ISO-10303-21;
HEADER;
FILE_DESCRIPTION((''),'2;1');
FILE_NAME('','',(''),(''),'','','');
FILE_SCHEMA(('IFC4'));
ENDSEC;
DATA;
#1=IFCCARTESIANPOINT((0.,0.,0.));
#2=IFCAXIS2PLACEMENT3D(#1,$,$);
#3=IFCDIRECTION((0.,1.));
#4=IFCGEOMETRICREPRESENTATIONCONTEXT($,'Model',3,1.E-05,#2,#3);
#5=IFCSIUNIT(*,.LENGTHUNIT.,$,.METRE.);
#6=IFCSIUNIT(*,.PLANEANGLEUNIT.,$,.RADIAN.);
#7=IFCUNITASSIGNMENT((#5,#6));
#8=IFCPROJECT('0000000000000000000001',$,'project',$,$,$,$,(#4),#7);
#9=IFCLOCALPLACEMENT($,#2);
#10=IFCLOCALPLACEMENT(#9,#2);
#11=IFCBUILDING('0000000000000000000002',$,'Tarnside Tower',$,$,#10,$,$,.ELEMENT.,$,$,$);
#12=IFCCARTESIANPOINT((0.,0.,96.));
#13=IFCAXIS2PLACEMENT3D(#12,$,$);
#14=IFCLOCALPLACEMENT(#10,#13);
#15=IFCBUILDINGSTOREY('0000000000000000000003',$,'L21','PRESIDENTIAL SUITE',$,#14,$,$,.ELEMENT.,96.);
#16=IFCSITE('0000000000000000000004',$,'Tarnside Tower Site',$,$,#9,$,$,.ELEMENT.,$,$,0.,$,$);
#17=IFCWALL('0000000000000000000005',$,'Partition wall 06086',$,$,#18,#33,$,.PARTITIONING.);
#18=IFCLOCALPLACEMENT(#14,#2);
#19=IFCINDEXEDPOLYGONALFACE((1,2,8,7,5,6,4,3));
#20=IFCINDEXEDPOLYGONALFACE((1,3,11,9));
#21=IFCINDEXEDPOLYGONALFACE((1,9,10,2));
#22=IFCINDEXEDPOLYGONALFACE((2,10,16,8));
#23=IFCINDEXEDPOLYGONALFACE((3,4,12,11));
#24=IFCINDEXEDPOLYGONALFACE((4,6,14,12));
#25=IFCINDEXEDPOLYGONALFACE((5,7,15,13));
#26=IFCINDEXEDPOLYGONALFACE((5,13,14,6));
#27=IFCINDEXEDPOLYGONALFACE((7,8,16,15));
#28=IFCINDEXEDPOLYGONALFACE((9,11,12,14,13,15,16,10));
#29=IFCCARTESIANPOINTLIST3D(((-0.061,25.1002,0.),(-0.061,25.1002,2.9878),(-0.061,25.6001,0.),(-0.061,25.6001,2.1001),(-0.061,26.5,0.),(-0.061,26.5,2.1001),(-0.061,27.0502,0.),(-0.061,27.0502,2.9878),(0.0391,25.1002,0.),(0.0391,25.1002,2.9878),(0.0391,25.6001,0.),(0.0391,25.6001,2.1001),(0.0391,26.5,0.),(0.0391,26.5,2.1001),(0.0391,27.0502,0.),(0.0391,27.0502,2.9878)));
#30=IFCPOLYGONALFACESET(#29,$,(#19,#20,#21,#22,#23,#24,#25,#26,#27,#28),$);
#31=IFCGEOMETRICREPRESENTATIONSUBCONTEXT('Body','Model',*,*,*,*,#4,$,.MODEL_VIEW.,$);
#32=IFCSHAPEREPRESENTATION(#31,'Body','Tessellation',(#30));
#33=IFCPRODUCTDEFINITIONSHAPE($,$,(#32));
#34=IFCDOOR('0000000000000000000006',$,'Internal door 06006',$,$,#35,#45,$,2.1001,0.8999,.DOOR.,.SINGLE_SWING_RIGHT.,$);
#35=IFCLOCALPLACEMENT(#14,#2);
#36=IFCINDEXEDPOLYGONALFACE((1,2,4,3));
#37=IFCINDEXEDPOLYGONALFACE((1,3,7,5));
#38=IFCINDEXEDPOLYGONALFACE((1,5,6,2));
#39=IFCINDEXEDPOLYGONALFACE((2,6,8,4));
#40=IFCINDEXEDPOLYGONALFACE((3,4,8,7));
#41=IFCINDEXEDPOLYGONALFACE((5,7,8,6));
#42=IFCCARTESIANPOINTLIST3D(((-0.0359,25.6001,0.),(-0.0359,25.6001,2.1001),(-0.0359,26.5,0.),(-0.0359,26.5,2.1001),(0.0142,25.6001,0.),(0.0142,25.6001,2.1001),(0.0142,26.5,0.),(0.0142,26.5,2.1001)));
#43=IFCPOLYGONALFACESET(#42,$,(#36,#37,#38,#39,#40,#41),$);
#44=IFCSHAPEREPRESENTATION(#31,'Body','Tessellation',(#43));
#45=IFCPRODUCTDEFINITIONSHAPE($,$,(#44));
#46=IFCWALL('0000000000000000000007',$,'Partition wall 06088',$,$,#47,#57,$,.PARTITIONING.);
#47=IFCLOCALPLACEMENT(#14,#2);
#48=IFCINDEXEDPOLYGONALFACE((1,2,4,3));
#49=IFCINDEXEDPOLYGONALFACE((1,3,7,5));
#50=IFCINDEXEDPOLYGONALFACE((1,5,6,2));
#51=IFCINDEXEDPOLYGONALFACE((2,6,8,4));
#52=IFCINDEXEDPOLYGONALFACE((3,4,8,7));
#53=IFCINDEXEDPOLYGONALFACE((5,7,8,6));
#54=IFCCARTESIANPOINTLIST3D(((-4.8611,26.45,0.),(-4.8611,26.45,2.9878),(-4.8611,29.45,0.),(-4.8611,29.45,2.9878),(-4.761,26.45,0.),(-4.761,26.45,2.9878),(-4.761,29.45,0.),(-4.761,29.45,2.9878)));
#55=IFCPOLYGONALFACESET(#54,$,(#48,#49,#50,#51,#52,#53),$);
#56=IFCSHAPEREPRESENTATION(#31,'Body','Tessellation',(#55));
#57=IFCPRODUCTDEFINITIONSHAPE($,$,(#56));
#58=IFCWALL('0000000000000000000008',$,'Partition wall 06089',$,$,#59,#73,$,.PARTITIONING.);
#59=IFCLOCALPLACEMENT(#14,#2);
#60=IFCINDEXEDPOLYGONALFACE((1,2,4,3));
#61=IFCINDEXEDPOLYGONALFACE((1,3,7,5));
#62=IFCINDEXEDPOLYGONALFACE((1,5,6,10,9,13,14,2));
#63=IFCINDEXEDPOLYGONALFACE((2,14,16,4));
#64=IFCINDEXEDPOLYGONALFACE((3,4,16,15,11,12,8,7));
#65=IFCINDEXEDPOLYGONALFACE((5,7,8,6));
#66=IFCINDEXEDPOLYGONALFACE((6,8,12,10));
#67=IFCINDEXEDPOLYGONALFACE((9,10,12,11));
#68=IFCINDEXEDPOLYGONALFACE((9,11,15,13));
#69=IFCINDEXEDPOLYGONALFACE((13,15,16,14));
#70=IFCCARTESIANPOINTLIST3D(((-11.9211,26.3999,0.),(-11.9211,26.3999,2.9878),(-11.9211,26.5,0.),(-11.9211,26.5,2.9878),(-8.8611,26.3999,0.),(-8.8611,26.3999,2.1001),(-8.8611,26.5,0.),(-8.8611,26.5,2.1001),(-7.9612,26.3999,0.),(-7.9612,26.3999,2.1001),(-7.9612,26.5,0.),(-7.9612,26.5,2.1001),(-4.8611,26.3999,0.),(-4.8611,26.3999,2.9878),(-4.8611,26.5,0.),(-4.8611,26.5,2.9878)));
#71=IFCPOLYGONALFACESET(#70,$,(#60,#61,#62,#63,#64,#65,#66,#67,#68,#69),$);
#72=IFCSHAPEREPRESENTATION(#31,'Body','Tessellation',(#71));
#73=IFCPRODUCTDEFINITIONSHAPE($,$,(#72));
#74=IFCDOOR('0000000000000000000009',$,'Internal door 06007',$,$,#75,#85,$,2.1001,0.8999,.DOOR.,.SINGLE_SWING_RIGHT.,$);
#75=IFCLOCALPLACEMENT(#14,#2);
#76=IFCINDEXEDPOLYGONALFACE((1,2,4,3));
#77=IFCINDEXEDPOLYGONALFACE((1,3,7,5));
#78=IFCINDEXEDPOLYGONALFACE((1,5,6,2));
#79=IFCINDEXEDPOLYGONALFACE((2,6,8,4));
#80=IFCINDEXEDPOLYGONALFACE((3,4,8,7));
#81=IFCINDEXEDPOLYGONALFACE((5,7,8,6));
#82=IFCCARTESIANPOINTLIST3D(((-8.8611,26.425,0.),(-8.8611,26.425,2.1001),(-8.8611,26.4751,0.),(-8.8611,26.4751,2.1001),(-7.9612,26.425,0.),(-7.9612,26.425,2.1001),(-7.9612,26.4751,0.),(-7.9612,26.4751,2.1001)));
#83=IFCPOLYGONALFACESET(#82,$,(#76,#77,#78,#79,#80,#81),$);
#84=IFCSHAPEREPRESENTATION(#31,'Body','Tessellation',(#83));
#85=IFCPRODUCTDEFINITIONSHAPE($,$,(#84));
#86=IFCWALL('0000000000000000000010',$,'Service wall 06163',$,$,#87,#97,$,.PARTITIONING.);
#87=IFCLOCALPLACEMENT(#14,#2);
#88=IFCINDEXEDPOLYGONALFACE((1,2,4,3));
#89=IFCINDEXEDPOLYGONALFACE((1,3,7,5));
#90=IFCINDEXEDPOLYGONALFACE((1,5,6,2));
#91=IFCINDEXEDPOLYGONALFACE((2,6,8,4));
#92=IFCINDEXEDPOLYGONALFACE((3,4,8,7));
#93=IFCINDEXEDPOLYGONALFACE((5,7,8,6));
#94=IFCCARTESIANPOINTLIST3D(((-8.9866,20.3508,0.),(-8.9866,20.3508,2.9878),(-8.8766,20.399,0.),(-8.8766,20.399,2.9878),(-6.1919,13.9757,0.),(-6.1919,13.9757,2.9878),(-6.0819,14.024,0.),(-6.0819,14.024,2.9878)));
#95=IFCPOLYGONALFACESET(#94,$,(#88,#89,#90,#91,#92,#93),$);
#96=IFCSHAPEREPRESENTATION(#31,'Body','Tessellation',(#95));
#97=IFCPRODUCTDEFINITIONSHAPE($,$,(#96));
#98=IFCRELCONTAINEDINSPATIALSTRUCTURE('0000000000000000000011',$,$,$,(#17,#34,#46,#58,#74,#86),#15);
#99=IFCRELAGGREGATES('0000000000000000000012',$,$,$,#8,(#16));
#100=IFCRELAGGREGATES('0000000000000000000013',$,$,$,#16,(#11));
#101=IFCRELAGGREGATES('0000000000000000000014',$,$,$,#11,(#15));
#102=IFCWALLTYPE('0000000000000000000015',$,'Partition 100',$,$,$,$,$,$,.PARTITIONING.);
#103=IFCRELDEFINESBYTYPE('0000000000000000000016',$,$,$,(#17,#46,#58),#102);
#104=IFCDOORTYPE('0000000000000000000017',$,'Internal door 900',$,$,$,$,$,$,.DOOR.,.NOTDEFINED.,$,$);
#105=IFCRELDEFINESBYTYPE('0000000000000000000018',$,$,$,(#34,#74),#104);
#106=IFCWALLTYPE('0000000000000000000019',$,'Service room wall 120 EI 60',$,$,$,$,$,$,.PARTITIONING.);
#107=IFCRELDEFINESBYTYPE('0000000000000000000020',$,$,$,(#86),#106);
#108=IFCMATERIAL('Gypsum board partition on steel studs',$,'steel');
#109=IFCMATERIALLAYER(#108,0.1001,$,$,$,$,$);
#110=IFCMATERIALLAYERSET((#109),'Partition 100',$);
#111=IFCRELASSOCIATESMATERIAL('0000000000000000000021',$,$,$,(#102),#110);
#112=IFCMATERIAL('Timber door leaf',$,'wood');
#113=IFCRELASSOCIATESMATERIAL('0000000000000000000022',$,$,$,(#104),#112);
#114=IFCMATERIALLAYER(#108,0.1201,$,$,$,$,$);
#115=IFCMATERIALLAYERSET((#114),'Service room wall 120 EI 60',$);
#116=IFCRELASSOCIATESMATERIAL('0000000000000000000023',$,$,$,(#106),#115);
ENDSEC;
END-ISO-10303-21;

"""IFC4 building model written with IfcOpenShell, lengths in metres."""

from ifc_helpers import new_model, si_unit, direction, frame, frame_2d, origin, place, context, subcontext, project, spatial, rectangle, extrude, material, layer, layer_set, type_object, element, fill, save


model = new_model("IFC4")

# Units and contexts
model_context = context("Model", 3, precision=1e-05, world=origin(), true_north=direction((0.0, 1.0)))
body_context = subcontext(model_context, "Body", "Model", "MODEL_VIEW")
ifc_project = project(units=[si_unit("LENGTHUNIT", "METRE"), si_unit("PLANEANGLEUNIT", "RADIAN")], contexts=[model_context])

# Site, building, storey
site_placement = place(None, origin())
site = spatial("IfcSite", under=ifc_project, at=site_placement, Name="Tarnside Tower Site", CompositionType="ELEMENT", RefElevation=0.0)
building_placement = place(site_placement, origin())
building = spatial("IfcBuilding", under=site, at=building_placement, Name="Tarnside Tower", CompositionType="ELEMENT")
storey_placement = place(building_placement, frame((0.0, 0.0, 96.0)))
storey = spatial("IfcBuildingStorey", under=building, at=storey_placement, Name="L21", Description="PRESIDENTIAL SUITE", CompositionType="ELEMENT", Elevation=96.0)

# Shared definitions
ifc_material_1 = material(Name="Gypsum board partition on steel studs", Category="steel")
ifc_material_2 = material(Name="Timber door leaf", Category="wood")

# Wall, opening, door
ifc_layer_1 = layer(ifc_material_1, 0.1001)
ifc_layer_set_1 = layer_set([ifc_layer_1], Name="Partition 100")
wall_type_1 = type_object("IfcWallType", Name="Partition 100", PredefinedType="PARTITIONING", material=ifc_layer_set_1)
wall_1_placement = place(storey_placement, frame((-0.011, 25.1001, 0.0), z_axis=(0.0, 0.0, 1.0), x_axis=(0.0, 1.0, 0.0)))
wall_1 = element("IfcWall", 1, at=wall_1_placement, inside=storey, type_object=wall_type_1, Name="Partition wall 06086", PredefinedType="PARTITIONING", context=body_context, shape_type="SweptSolid", body=[
    extrude(rectangle(XDim=1.95, YDim=0.1001, at=frame_2d((0.9751, 0.0))), origin(), (0.0, 0.0, 1.0), 2.9878),
])
opening_1_placement = place(wall_1_placement, frame((0.5, 0.0, 0.0)))
opening_1 = element("IfcOpeningElement", 2, at=opening_1_placement, cuts=wall_1, PredefinedType="OPENING", context=body_context, shape_type="SweptSolid", body=[
    extrude(rectangle(XDim=0.8999, YDim=2.1001, at=frame_2d((0.45, 1.05))), frame((0.0, 0.0601, 0.0), z_axis=(0.0, -1.0, 0.0), x_axis=(1.0, 0.0, 0.0)), (0.0, 0.0, 1.0), 0.1201),
])
door_type_1 = type_object("IfcDoorType", Name="Internal door 900", OperationType="NOTDEFINED", PredefinedType="DOOR", material=ifc_material_2)
door_1_placement = place(opening_1_placement, origin())
door_1 = element("IfcDoor", 3, at=door_1_placement, inside=storey, type_object=door_type_1, Name="Internal door 06006", OperationType="SINGLE_SWING_RIGHT", OverallHeight=2.1001, OverallWidth=0.8999, PredefinedType="DOOR", context=body_context, shape_type="SweptSolid", body=[
    extrude(rectangle(XDim=0.8999, YDim=2.1001, at=frame_2d((0.45, 1.05))), frame((0.0, 0.0249, 0.0), z_axis=(0.0, -1.0, 0.0), x_axis=(1.0, 0.0, 0.0)), (0.0, 0.0, 1.0), 0.05),
])
fill(opening_1, door_1)

# Wall
wall_2_placement = place(storey_placement, frame((-4.811, 29.45, 0.0), z_axis=(0.0, 0.0, 1.0), x_axis=(0.0, -1.0, 0.0)))
element("IfcWall", 4, at=wall_2_placement, inside=storey, type_object=wall_type_1, Name="Partition wall 06088", PredefinedType="PARTITIONING", context=body_context, shape_type="SweptSolid", body=[
    extrude(rectangle(XDim=3.0, YDim=0.1001, at=frame_2d((1.5, 0.0))), origin(), (0.0, 0.0, 1.0), 2.9878),
])

# Wall, opening, door
wall_3_placement = place(storey_placement, frame((-4.8611, 26.45, 0.0), z_axis=(0.0, 0.0, 1.0), x_axis=(-1.0, 0.0, 0.0)))
wall_3 = element("IfcWall", 5, at=wall_3_placement, inside=storey, type_object=wall_type_1, Name="Partition wall 06089", PredefinedType="PARTITIONING", context=body_context, shape_type="SweptSolid", body=[
    extrude(rectangle(XDim=7.0601, YDim=0.1001, at=frame_2d((3.53, 0.0))), origin(), (0.0, 0.0, 1.0), 2.9878),
])
opening_2_placement = place(wall_3_placement, frame((3.1001, 0.0, 0.0)))
opening_2 = element("IfcOpeningElement", 6, at=opening_2_placement, cuts=wall_3, PredefinedType="OPENING", context=body_context, shape_type="SweptSolid", body=[
    extrude(rectangle(XDim=0.8999, YDim=2.1001, at=frame_2d((0.45, 1.05))), frame((0.0, 0.0601, 0.0), z_axis=(0.0, -1.0, 0.0), x_axis=(1.0, 0.0, 0.0)), (0.0, 0.0, 1.0), 0.1201),
])
door_2_placement = place(opening_2_placement, origin())
door_2 = element("IfcDoor", 7, at=door_2_placement, inside=storey, type_object=door_type_1, Name="Internal door 06007", OperationType="SINGLE_SWING_RIGHT", OverallHeight=2.1001, OverallWidth=0.8999, PredefinedType="DOOR", context=body_context, shape_type="SweptSolid", body=[
    extrude(rectangle(XDim=0.8999, YDim=2.1001, at=frame_2d((0.45, 1.05))), frame((0.0, 0.0249, 0.0), z_axis=(0.0, -1.0, 0.0), x_axis=(1.0, 0.0, 0.0)), (0.0, 0.0, 1.0), 0.05),
])
fill(opening_2, door_2)

# Wall
ifc_layer_2 = layer(ifc_material_1, 0.1201)
ifc_layer_set_2 = layer_set([ifc_layer_2], Name="Service room wall 120 EI 60")
wall_type_2 = type_object("IfcWallType", Name="Service room wall 120 EI 60", PredefinedType="PARTITIONING", material=ifc_layer_set_2)
wall_4_placement = place(storey_placement, frame((-8.9316, 20.375, 0.0), z_axis=(0.0, 0.0, 1.0), x_axis=(0.401496, -0.915861, 0.0)))
element("IfcWall", 8, at=wall_4_placement, inside=storey, type_object=wall_type_2, Name="Service wall 06163", PredefinedType="PARTITIONING", context=body_context, shape_type="SweptSolid", body=[
    extrude(rectangle(XDim=6.9607, YDim=0.1201, at=frame_2d((3.4805, 0.0))), origin(), (0.0, 0.0, 1.0), 2.9878),
])

save(model, "model.ifc")
